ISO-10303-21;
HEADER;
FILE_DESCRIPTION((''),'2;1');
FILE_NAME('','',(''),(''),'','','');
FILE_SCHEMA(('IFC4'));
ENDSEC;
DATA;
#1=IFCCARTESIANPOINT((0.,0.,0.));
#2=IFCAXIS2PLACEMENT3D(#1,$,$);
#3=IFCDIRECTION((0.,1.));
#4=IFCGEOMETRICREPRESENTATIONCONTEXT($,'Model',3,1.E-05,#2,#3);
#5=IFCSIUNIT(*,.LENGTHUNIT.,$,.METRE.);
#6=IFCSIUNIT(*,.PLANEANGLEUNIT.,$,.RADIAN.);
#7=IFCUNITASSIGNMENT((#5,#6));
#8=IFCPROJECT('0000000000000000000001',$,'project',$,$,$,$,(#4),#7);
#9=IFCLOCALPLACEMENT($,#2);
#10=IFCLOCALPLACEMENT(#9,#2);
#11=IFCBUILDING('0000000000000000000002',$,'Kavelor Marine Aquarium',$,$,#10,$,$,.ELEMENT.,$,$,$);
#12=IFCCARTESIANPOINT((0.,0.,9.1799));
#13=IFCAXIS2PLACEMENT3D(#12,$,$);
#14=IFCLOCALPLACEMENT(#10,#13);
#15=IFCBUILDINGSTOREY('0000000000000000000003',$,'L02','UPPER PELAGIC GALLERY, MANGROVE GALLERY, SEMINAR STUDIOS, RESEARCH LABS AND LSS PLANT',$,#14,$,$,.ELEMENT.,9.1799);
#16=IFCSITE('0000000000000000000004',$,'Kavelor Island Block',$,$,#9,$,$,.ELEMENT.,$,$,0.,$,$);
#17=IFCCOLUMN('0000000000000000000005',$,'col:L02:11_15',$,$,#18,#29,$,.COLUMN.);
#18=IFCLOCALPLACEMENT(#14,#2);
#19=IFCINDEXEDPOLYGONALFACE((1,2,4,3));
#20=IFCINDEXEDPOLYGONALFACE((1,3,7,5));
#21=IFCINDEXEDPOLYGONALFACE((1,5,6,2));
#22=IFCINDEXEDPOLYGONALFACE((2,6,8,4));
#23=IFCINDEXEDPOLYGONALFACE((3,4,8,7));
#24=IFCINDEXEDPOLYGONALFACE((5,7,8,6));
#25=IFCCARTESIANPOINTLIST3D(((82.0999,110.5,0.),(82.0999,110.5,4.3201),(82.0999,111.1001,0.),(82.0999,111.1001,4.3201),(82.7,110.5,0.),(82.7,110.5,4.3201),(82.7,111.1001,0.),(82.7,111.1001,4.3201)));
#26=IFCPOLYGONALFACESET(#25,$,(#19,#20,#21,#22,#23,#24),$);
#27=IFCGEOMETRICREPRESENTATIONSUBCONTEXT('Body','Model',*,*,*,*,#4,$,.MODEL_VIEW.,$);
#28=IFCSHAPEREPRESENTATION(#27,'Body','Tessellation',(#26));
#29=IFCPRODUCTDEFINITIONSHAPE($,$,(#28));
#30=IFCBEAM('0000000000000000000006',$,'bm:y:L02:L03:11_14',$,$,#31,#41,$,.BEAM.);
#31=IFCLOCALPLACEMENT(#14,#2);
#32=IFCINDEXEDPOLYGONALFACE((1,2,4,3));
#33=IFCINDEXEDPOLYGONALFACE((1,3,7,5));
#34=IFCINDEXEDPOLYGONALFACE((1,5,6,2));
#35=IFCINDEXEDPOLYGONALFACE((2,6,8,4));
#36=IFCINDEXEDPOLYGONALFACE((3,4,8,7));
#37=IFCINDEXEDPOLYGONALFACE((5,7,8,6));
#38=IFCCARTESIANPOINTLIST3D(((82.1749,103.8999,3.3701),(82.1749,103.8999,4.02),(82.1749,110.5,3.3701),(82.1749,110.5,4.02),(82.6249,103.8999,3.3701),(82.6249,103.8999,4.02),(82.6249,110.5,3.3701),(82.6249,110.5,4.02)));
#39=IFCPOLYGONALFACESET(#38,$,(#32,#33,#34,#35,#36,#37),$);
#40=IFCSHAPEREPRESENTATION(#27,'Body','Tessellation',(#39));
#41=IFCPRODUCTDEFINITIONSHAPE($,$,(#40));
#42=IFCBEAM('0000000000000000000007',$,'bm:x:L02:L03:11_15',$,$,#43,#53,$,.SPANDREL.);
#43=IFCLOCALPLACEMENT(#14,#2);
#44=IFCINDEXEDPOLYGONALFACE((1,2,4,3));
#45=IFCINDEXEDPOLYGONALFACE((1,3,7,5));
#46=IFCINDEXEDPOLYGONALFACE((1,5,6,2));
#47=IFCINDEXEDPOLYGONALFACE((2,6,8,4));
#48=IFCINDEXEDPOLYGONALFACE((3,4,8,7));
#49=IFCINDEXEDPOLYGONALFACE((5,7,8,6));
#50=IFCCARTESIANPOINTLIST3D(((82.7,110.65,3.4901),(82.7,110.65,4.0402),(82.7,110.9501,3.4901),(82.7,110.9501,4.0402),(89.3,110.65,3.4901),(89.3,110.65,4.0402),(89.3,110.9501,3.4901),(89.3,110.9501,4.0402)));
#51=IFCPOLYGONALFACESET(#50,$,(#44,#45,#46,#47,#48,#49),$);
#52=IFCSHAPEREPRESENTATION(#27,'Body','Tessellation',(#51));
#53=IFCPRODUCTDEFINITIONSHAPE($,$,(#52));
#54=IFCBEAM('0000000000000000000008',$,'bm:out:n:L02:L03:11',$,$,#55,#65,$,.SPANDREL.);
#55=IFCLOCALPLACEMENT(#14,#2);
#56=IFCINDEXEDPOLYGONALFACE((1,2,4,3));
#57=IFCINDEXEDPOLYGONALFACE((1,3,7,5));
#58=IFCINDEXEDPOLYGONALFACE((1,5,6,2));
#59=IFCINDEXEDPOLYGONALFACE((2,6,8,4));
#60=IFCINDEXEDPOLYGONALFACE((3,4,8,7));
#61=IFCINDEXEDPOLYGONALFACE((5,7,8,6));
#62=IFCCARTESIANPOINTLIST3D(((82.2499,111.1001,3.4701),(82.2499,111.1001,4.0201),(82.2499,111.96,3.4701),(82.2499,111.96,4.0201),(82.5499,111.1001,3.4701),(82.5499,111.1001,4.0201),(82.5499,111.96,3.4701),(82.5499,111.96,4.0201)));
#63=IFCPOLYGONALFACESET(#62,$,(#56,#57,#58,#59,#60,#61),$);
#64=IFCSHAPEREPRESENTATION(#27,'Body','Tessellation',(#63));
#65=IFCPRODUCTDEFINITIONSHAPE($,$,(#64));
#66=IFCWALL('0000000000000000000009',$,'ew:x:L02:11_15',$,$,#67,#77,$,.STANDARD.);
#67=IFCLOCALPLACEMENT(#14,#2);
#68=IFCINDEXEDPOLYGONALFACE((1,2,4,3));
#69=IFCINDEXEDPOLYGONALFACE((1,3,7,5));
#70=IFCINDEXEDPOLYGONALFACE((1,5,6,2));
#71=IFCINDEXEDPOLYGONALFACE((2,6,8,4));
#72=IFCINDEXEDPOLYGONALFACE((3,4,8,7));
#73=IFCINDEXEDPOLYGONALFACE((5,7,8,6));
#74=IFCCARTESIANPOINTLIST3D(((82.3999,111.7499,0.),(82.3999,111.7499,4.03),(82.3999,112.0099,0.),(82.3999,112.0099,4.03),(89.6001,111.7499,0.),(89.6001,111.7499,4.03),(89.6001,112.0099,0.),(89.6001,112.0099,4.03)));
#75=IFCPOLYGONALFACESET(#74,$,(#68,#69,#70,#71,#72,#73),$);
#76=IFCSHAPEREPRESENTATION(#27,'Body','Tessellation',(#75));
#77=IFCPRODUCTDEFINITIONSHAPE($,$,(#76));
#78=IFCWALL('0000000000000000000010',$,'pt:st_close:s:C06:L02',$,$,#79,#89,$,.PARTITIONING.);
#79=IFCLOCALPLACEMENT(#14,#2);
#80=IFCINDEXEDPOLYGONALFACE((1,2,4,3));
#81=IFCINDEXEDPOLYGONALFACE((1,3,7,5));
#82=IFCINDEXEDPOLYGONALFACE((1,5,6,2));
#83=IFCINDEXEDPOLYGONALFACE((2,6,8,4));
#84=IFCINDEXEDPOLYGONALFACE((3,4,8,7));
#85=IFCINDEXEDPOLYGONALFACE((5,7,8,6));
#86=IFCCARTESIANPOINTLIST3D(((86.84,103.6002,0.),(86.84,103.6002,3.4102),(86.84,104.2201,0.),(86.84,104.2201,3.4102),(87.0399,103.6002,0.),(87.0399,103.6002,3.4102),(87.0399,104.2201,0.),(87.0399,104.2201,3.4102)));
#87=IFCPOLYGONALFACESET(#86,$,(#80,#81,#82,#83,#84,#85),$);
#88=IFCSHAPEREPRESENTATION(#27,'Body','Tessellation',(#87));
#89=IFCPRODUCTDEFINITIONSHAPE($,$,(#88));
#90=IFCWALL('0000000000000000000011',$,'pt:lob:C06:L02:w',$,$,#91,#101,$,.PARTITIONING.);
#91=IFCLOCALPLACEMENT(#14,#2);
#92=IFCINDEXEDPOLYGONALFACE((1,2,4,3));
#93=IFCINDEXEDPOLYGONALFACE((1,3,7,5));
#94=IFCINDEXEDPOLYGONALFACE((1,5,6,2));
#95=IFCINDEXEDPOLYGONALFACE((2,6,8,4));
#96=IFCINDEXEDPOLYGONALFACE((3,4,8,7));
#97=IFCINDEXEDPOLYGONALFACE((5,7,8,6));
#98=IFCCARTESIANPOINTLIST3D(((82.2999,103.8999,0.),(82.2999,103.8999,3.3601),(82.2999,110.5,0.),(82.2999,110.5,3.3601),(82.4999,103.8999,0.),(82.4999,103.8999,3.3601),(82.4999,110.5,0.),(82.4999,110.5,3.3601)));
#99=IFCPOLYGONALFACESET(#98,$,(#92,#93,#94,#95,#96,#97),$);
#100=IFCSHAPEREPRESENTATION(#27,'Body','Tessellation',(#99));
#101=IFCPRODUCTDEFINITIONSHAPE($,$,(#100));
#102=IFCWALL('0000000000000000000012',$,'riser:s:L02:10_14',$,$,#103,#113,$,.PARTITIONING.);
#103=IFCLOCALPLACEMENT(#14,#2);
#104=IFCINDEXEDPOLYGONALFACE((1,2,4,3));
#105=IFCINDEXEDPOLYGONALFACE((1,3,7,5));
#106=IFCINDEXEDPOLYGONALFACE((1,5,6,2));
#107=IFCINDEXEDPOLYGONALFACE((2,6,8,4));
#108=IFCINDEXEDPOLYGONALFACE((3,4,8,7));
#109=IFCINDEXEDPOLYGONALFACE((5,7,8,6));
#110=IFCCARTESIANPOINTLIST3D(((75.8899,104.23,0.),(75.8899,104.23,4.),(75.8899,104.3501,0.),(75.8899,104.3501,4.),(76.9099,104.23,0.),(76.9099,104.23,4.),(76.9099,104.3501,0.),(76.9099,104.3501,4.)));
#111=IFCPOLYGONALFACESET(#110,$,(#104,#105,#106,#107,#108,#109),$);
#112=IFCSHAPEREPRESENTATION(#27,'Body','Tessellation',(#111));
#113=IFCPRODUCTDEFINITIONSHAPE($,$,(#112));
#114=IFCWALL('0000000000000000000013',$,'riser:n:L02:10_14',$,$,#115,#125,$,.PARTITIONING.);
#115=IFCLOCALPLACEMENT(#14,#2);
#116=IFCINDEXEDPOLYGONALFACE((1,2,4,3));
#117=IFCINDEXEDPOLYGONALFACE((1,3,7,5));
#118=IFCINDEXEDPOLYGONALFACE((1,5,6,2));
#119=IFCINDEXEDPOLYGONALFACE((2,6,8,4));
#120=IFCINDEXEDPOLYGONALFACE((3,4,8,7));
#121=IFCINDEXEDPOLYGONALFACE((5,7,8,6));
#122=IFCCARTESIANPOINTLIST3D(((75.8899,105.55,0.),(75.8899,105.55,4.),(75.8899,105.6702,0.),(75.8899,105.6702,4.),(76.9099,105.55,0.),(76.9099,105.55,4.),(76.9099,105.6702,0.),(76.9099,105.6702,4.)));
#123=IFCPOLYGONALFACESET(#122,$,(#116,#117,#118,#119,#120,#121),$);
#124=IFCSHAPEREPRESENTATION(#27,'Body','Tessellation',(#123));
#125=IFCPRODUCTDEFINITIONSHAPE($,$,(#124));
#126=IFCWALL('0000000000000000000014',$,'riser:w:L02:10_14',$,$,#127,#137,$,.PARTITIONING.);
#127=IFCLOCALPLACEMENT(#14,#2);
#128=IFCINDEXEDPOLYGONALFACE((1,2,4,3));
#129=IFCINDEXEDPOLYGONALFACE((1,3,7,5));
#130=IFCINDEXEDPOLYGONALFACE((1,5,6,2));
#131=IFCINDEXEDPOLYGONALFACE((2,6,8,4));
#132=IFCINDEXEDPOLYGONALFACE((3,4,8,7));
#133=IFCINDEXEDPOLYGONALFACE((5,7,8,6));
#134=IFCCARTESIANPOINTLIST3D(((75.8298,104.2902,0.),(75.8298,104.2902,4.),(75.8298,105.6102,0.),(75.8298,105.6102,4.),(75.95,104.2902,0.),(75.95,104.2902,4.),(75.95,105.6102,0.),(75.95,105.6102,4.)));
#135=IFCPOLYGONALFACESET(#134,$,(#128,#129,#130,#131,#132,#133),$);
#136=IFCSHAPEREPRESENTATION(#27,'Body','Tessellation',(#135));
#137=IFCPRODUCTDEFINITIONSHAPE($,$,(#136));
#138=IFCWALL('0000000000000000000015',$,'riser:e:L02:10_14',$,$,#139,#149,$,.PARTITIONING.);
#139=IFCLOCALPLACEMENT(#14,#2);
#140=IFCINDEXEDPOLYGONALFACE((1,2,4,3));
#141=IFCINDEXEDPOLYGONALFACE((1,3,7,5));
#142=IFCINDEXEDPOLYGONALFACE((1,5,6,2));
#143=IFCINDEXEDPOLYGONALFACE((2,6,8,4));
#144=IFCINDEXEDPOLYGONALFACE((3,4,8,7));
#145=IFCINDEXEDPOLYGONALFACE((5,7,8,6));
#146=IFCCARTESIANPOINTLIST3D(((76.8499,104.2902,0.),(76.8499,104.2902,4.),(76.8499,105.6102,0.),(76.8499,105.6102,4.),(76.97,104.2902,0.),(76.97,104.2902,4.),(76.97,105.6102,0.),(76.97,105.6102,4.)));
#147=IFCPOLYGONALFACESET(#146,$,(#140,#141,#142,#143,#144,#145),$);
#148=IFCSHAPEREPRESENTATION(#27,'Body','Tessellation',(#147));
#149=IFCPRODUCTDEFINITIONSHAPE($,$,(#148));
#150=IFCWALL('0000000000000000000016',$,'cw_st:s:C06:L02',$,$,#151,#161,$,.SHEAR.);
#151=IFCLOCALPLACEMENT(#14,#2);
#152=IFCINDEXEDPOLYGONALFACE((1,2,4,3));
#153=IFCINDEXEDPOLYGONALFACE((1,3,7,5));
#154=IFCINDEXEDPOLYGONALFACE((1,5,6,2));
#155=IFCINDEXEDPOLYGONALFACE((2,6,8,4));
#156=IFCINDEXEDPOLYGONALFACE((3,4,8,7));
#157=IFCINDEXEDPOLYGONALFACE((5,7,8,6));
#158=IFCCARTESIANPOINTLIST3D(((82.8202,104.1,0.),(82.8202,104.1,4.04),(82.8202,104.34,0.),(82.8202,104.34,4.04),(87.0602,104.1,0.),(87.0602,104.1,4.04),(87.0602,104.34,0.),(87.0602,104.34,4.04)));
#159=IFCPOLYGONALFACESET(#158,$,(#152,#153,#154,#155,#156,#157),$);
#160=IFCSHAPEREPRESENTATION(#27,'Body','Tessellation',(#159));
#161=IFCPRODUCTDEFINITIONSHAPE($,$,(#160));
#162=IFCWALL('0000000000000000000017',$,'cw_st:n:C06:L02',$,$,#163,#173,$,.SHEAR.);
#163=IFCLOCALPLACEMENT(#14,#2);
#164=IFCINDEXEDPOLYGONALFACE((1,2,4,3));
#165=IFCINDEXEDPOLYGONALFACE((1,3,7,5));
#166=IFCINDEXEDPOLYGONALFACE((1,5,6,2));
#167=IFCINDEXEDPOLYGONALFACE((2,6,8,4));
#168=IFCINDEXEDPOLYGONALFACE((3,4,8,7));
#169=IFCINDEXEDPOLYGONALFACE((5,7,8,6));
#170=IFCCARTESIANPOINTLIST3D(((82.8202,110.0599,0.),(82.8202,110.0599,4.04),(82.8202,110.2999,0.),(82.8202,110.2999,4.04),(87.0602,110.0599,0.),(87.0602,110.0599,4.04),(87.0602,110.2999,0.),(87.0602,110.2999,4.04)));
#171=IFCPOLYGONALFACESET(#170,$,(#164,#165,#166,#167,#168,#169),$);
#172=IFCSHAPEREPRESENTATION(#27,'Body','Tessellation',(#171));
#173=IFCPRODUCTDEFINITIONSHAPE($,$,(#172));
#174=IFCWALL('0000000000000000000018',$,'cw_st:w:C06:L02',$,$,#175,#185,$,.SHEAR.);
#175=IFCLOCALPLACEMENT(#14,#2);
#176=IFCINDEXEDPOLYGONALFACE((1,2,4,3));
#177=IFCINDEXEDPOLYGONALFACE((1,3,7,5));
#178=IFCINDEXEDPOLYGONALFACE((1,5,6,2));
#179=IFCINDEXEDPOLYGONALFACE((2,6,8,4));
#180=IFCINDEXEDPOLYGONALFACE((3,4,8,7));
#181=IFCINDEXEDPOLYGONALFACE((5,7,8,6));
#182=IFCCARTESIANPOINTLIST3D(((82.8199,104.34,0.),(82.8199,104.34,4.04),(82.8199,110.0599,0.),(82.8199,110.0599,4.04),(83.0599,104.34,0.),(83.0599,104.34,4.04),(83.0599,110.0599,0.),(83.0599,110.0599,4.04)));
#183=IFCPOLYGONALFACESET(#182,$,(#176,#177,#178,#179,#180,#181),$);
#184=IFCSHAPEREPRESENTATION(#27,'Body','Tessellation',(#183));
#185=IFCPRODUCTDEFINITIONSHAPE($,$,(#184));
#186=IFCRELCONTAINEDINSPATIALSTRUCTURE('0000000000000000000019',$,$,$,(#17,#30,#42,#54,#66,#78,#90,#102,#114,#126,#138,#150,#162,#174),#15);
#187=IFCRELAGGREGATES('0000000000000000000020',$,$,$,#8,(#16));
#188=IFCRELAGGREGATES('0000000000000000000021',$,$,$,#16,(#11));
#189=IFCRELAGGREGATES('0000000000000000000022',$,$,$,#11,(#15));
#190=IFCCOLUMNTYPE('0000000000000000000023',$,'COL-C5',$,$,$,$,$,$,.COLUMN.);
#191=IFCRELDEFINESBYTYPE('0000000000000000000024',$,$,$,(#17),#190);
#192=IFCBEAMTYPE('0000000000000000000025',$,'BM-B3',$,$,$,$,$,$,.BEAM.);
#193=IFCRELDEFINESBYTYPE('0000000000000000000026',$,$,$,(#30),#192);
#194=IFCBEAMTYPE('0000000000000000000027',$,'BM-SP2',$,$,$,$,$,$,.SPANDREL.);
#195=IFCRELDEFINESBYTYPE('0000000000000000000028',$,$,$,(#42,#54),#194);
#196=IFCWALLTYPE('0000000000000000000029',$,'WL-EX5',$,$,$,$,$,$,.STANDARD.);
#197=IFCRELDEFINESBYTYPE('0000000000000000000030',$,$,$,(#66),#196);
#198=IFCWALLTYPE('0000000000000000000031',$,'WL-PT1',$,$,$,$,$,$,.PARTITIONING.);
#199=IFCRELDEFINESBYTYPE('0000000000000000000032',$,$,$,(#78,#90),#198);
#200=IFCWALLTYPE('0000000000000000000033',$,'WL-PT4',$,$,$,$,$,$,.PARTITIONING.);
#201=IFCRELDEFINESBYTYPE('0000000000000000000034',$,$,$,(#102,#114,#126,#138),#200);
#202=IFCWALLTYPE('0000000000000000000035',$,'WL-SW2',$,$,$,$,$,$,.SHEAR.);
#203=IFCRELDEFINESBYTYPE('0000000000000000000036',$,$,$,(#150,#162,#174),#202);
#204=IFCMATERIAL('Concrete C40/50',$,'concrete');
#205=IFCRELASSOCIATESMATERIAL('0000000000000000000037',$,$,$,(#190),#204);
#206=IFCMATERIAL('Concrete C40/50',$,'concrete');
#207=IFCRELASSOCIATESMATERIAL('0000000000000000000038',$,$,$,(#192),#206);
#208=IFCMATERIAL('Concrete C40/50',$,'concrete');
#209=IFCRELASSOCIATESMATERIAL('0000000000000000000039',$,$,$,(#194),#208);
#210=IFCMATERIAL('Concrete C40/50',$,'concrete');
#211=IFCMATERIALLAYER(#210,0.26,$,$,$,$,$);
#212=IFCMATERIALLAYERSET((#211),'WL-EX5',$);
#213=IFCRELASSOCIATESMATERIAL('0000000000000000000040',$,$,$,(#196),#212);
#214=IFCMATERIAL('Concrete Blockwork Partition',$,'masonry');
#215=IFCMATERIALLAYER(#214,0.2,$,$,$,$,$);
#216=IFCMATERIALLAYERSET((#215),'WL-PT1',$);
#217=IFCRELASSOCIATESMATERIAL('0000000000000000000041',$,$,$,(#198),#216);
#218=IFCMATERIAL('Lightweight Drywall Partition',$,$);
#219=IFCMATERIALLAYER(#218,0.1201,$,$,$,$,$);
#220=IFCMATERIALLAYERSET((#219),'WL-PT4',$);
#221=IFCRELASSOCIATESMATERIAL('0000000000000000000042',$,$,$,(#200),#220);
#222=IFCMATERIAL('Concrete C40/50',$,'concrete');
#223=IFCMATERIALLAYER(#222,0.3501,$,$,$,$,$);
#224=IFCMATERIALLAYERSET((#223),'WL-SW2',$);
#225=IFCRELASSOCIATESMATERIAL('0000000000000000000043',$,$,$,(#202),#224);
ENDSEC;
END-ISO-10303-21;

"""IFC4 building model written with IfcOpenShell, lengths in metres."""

from ifc_helpers import new_model, si_unit, direction, frame, frame_2d, origin, origin_2d, place, context, subcontext, project, spatial, rectangle, extrude, material, layer, layer_set, material_profile, profile_set, type_object, element, save


model = new_model("IFC4")

# Units and contexts
model_context = context("Model", 3, precision=1e-05, world=origin(), true_north=direction((0.0, 1.0)))
body_context = subcontext(model_context, "Body", "Model", "MODEL_VIEW")
ifc_project = project(units=[si_unit("LENGTHUNIT", "METRE"), si_unit("PLANEANGLEUNIT", "RADIAN")], contexts=[model_context])

# Site, building, storey
site_placement = place(None, origin())
site = spatial("IfcSite", under=ifc_project, at=site_placement, Name="Kavelor Island Block", CompositionType="ELEMENT", RefElevation=0.0)
building_placement = place(site_placement, origin())
building = spatial("IfcBuilding", under=site, at=building_placement, Name="Kavelor Marine Aquarium", CompositionType="ELEMENT")
storey_placement = place(building_placement, frame((0.0, 0.0, 9.1799)))
storey = spatial("IfcBuildingStorey", under=building, at=storey_placement, Name="L02", Description="UPPER PELAGIC GALLERY, MANGROVE GALLERY, SEMINAR STUDIOS, RESEARCH LABS AND LSS PLANT", CompositionType="ELEMENT", Elevation=9.1799)

# Column
ifc_material_1 = material(Name="Concrete C40/50", Category="concrete")
ifc_material_profile_1 = material_profile(ifc_material_1, rectangle(XDim=0.6001, YDim=0.6001, at=origin_2d()), Name="RC-COL 600x600")
ifc_profile_set_1 = profile_set([ifc_material_profile_1], Name="Concrete C40/50")
column_type = type_object("IfcColumnType", Name="COL-C5", PredefinedType="COLUMN", material=ifc_profile_set_1)
column_placement = place(storey_placement, frame((82.3999, 110.8, 0.0), z_axis=(0.0, 0.0, 1.0), x_axis=(1.0, 0.0, 0.0)))
element("IfcColumn", 1, at=column_placement, inside=storey, type_object=column_type, Name="col:L02:11_15", PredefinedType="COLUMN", context=body_context, shape_type="SweptSolid", body=[
    extrude(rectangle(XDim=0.6001, YDim=0.6001, at=origin_2d()), origin(), (0.0, 0.0, 1.0), 4.3201),
])

# Beams
ifc_material_2 = material(Name="Concrete C40/50", Category="concrete")
ifc_material_profile_2 = material_profile(ifc_material_2, rectangle(XDim=0.45, YDim=0.6499, at=origin_2d()), Name="RC-BM 450x650")
ifc_profile_set_2 = profile_set([ifc_material_profile_2], Name="Concrete C40/50")
beam_type_1 = type_object("IfcBeamType", Name="BM-B3", PredefinedType="BEAM", material=ifc_profile_set_2)
beam_1_placement = place(storey_placement, frame((82.3999, 103.8999, 3.6951), z_axis=(0.0, 1.0, 0.0), x_axis=(-1.0, 0.0, 0.0)))
element("IfcBeam", 2, at=beam_1_placement, inside=storey, type_object=beam_type_1, Name="bm:y:L02:L03:11_14", PredefinedType="BEAM", context=body_context, shape_type="SweptSolid", body=[
    extrude(rectangle(XDim=0.45, YDim=0.6499, at=origin_2d()), origin(), (0.0, 0.0, 1.0), 6.6001),
])
ifc_material_3 = material(Name="Concrete C40/50", Category="concrete")
ifc_material_profile_3 = material_profile(ifc_material_3, rectangle(XDim=0.3, YDim=0.55, at=origin_2d()), Name="RC-SP 300x550")
ifc_profile_set_3 = profile_set([ifc_material_profile_3], Name="Concrete C40/50")
beam_type_2 = type_object("IfcBeamType", Name="BM-SP2", PredefinedType="SPANDREL", material=ifc_profile_set_3)
beam_2_placement = place(storey_placement, frame((82.7, 110.8, 3.7651), z_axis=(1.0, 0.0, 0.0), x_axis=(0.0, 1.0, 0.0)))
element("IfcBeam", 3, at=beam_2_placement, inside=storey, type_object=beam_type_2, Name="bm:x:L02:L03:11_15", PredefinedType="SPANDREL", context=body_context, shape_type="SweptSolid", body=[
    extrude(rectangle(XDim=0.3, YDim=0.55, at=origin_2d()), origin(), (0.0, 0.0, 1.0), 6.6001),
])
beam_3_placement = place(storey_placement, frame((82.3999, 111.1001, 3.7451), z_axis=(0.0, 1.0, 0.0), x_axis=(-1.0, 0.0, 0.0)))
element("IfcBeam", 4, at=beam_3_placement, inside=storey, type_object=beam_type_2, Name="bm:out:n:L02:L03:11", PredefinedType="SPANDREL", context=body_context, shape_type="SweptSolid", body=[
    extrude(rectangle(XDim=0.3, YDim=0.55, at=origin_2d()), origin(), (0.0, 0.0, 1.0), 0.8599),
])

# Walls
ifc_material_4 = material(Name="Concrete C40/50", Category="concrete")
ifc_layer_1 = layer(ifc_material_4, 0.26)
ifc_layer_set_1 = layer_set([ifc_layer_1], Name="WL-EX5")
wall_type_1 = type_object("IfcWallType", Name="WL-EX5", PredefinedType="STANDARD", material=ifc_layer_set_1)
wall_1_placement = place(storey_placement, frame((82.3999, 111.8799, 0.0), z_axis=(0.0, 0.0, 1.0), x_axis=(1.0, 0.0, 0.0)))
element("IfcWall", 5, at=wall_1_placement, inside=storey, type_object=wall_type_1, Name="ew:x:L02:11_15", PredefinedType="STANDARD", context=body_context, shape_type="SweptSolid", body=[
    extrude(rectangle(XDim=7.2002, YDim=0.26, at=frame_2d((3.6001, 0.0))), origin(), (0.0, 0.0, 1.0), 4.03),
])
ifc_material_5 = material(Name="Concrete Blockwork Partition", Category="masonry")
ifc_layer_2 = layer(ifc_material_5, 0.2)
ifc_layer_set_2 = layer_set([ifc_layer_2], Name="WL-PT1")
wall_type_2 = type_object("IfcWallType", Name="WL-PT1", PredefinedType="PARTITIONING", material=ifc_layer_set_2)
wall_2_placement = place(storey_placement, frame((86.9399, 103.6001, 0.0), z_axis=(0.0, 0.0, 1.0), x_axis=(0.0, 1.0, 0.0)))
element("IfcWall", 6, at=wall_2_placement, inside=storey, type_object=wall_type_2, Name="pt:st_close:s:C06:L02", PredefinedType="PARTITIONING", context=body_context, shape_type="SweptSolid", body=[
    extrude(rectangle(XDim=0.6199, YDim=0.2, at=frame_2d((0.3101, 0.0))), origin(), (0.0, 0.0, 1.0), 3.4102),
])
wall_3_placement = place(storey_placement, frame((82.3999, 103.8999, 0.0), z_axis=(0.0, 0.0, 1.0), x_axis=(0.0, 1.0, 0.0)))
element("IfcWall", 7, at=wall_3_placement, inside=storey, type_object=wall_type_2, Name="pt:lob:C06:L02:w", PredefinedType="PARTITIONING", context=body_context, shape_type="SweptSolid", body=[
    extrude(rectangle(XDim=6.6001, YDim=0.2, at=frame_2d((3.3, 0.0))), origin(), (0.0, 0.0, 1.0), 3.3601),
])

# Walls
ifc_material_6 = material(Name="Lightweight Drywall Partition")
ifc_layer_3 = layer(ifc_material_6, 0.1201)
ifc_layer_set_3 = layer_set([ifc_layer_3], Name="WL-PT4")
wall_type_3 = type_object("IfcWallType", Name="WL-PT4", PredefinedType="PARTITIONING", material=ifc_layer_set_3)
for number, where, z_axis, x_axis, name in (
    (8, (75.8899, 104.29, 0.0), (0.0, 0.0, 1.0), (1.0, 0.0, 0.0), "riser:s:L02:10_14"),
    (9, (75.8899, 105.6101, 0.0), (0.0, 0.0, 1.0), (1.0, 0.0, 0.0), "riser:n:L02:10_14"),
):
    element("IfcWall", number, at=place(storey_placement, frame(where, z_axis=z_axis, x_axis=x_axis)), inside=storey, type_object=wall_type_3, Name=name, PredefinedType="PARTITIONING", context=body_context, shape_type="SweptSolid", body=[
        extrude(rectangle(XDim=1.02, YDim=0.1201, at=frame_2d((0.51, 0.0))), origin(), (0.0, 0.0, 1.0), 4.0),
    ])
for number, where, z_axis, x_axis, name in (
    (10, (75.8899, 104.29, 0.0), (0.0, 0.0, 1.0), (0.0, 1.0, 0.0), "riser:w:L02:10_14"),
    (11, (76.9099, 104.29, 0.0), (0.0, 0.0, 1.0), (0.0, 1.0, 0.0), "riser:e:L02:10_14"),
):
    element("IfcWall", number, at=place(storey_placement, frame(where, z_axis=z_axis, x_axis=x_axis)), inside=storey, type_object=wall_type_3, Name=name, PredefinedType="PARTITIONING", context=body_context, shape_type="SweptSolid", body=[
        extrude(rectangle(XDim=1.3201, YDim=0.1201, at=frame_2d((0.6602, 0.0))), origin(), (0.0, 0.0, 1.0), 4.0),
    ])
ifc_material_7 = material(Name="Concrete C40/50", Category="concrete")
ifc_layer_4 = layer(ifc_material_7, 0.3501)
ifc_layer_set_4 = layer_set([ifc_layer_4], Name="WL-SW2")
wall_type_4 = type_object("IfcWallType", Name="WL-SW2", PredefinedType="SHEAR", material=ifc_layer_set_4)
for number, where, z_axis, x_axis, name in (
    (12, (82.8201, 104.22, 0.0), (0.0, 0.0, 1.0), (1.0, 0.0, 0.0), "cw_st:s:C06:L02"),
    (13, (82.8201, 110.1799, 0.0), (0.0, 0.0, 1.0), (1.0, 0.0, 0.0), "cw_st:n:C06:L02"),
):
    element("IfcWall", number, at=place(storey_placement, frame(where, z_axis=z_axis, x_axis=x_axis)), inside=storey, type_object=wall_type_4, Name=name, PredefinedType="SHEAR", context=body_context, shape_type="SweptSolid", body=[
        extrude(rectangle(XDim=4.24, YDim=0.24, at=frame_2d((2.1201, 0.0))), origin(), (0.0, 0.0, 1.0), 4.04),
    ])
wall_4_placement = place(storey_placement, frame((82.9399, 104.3401, 0.0), z_axis=(0.0, 0.0, 1.0), x_axis=(0.0, 1.0, 0.0)))
element("IfcWall", 14, at=wall_4_placement, inside=storey, type_object=wall_type_4, Name="cw_st:w:C06:L02", PredefinedType="SHEAR", context=body_context, shape_type="SweptSolid", body=[
    extrude(rectangle(XDim=5.72, YDim=0.24, at=frame_2d((2.8599, 0.0))), origin(), (0.0, 0.0, 1.0), 4.04),
])

save(model, "model.ifc")
